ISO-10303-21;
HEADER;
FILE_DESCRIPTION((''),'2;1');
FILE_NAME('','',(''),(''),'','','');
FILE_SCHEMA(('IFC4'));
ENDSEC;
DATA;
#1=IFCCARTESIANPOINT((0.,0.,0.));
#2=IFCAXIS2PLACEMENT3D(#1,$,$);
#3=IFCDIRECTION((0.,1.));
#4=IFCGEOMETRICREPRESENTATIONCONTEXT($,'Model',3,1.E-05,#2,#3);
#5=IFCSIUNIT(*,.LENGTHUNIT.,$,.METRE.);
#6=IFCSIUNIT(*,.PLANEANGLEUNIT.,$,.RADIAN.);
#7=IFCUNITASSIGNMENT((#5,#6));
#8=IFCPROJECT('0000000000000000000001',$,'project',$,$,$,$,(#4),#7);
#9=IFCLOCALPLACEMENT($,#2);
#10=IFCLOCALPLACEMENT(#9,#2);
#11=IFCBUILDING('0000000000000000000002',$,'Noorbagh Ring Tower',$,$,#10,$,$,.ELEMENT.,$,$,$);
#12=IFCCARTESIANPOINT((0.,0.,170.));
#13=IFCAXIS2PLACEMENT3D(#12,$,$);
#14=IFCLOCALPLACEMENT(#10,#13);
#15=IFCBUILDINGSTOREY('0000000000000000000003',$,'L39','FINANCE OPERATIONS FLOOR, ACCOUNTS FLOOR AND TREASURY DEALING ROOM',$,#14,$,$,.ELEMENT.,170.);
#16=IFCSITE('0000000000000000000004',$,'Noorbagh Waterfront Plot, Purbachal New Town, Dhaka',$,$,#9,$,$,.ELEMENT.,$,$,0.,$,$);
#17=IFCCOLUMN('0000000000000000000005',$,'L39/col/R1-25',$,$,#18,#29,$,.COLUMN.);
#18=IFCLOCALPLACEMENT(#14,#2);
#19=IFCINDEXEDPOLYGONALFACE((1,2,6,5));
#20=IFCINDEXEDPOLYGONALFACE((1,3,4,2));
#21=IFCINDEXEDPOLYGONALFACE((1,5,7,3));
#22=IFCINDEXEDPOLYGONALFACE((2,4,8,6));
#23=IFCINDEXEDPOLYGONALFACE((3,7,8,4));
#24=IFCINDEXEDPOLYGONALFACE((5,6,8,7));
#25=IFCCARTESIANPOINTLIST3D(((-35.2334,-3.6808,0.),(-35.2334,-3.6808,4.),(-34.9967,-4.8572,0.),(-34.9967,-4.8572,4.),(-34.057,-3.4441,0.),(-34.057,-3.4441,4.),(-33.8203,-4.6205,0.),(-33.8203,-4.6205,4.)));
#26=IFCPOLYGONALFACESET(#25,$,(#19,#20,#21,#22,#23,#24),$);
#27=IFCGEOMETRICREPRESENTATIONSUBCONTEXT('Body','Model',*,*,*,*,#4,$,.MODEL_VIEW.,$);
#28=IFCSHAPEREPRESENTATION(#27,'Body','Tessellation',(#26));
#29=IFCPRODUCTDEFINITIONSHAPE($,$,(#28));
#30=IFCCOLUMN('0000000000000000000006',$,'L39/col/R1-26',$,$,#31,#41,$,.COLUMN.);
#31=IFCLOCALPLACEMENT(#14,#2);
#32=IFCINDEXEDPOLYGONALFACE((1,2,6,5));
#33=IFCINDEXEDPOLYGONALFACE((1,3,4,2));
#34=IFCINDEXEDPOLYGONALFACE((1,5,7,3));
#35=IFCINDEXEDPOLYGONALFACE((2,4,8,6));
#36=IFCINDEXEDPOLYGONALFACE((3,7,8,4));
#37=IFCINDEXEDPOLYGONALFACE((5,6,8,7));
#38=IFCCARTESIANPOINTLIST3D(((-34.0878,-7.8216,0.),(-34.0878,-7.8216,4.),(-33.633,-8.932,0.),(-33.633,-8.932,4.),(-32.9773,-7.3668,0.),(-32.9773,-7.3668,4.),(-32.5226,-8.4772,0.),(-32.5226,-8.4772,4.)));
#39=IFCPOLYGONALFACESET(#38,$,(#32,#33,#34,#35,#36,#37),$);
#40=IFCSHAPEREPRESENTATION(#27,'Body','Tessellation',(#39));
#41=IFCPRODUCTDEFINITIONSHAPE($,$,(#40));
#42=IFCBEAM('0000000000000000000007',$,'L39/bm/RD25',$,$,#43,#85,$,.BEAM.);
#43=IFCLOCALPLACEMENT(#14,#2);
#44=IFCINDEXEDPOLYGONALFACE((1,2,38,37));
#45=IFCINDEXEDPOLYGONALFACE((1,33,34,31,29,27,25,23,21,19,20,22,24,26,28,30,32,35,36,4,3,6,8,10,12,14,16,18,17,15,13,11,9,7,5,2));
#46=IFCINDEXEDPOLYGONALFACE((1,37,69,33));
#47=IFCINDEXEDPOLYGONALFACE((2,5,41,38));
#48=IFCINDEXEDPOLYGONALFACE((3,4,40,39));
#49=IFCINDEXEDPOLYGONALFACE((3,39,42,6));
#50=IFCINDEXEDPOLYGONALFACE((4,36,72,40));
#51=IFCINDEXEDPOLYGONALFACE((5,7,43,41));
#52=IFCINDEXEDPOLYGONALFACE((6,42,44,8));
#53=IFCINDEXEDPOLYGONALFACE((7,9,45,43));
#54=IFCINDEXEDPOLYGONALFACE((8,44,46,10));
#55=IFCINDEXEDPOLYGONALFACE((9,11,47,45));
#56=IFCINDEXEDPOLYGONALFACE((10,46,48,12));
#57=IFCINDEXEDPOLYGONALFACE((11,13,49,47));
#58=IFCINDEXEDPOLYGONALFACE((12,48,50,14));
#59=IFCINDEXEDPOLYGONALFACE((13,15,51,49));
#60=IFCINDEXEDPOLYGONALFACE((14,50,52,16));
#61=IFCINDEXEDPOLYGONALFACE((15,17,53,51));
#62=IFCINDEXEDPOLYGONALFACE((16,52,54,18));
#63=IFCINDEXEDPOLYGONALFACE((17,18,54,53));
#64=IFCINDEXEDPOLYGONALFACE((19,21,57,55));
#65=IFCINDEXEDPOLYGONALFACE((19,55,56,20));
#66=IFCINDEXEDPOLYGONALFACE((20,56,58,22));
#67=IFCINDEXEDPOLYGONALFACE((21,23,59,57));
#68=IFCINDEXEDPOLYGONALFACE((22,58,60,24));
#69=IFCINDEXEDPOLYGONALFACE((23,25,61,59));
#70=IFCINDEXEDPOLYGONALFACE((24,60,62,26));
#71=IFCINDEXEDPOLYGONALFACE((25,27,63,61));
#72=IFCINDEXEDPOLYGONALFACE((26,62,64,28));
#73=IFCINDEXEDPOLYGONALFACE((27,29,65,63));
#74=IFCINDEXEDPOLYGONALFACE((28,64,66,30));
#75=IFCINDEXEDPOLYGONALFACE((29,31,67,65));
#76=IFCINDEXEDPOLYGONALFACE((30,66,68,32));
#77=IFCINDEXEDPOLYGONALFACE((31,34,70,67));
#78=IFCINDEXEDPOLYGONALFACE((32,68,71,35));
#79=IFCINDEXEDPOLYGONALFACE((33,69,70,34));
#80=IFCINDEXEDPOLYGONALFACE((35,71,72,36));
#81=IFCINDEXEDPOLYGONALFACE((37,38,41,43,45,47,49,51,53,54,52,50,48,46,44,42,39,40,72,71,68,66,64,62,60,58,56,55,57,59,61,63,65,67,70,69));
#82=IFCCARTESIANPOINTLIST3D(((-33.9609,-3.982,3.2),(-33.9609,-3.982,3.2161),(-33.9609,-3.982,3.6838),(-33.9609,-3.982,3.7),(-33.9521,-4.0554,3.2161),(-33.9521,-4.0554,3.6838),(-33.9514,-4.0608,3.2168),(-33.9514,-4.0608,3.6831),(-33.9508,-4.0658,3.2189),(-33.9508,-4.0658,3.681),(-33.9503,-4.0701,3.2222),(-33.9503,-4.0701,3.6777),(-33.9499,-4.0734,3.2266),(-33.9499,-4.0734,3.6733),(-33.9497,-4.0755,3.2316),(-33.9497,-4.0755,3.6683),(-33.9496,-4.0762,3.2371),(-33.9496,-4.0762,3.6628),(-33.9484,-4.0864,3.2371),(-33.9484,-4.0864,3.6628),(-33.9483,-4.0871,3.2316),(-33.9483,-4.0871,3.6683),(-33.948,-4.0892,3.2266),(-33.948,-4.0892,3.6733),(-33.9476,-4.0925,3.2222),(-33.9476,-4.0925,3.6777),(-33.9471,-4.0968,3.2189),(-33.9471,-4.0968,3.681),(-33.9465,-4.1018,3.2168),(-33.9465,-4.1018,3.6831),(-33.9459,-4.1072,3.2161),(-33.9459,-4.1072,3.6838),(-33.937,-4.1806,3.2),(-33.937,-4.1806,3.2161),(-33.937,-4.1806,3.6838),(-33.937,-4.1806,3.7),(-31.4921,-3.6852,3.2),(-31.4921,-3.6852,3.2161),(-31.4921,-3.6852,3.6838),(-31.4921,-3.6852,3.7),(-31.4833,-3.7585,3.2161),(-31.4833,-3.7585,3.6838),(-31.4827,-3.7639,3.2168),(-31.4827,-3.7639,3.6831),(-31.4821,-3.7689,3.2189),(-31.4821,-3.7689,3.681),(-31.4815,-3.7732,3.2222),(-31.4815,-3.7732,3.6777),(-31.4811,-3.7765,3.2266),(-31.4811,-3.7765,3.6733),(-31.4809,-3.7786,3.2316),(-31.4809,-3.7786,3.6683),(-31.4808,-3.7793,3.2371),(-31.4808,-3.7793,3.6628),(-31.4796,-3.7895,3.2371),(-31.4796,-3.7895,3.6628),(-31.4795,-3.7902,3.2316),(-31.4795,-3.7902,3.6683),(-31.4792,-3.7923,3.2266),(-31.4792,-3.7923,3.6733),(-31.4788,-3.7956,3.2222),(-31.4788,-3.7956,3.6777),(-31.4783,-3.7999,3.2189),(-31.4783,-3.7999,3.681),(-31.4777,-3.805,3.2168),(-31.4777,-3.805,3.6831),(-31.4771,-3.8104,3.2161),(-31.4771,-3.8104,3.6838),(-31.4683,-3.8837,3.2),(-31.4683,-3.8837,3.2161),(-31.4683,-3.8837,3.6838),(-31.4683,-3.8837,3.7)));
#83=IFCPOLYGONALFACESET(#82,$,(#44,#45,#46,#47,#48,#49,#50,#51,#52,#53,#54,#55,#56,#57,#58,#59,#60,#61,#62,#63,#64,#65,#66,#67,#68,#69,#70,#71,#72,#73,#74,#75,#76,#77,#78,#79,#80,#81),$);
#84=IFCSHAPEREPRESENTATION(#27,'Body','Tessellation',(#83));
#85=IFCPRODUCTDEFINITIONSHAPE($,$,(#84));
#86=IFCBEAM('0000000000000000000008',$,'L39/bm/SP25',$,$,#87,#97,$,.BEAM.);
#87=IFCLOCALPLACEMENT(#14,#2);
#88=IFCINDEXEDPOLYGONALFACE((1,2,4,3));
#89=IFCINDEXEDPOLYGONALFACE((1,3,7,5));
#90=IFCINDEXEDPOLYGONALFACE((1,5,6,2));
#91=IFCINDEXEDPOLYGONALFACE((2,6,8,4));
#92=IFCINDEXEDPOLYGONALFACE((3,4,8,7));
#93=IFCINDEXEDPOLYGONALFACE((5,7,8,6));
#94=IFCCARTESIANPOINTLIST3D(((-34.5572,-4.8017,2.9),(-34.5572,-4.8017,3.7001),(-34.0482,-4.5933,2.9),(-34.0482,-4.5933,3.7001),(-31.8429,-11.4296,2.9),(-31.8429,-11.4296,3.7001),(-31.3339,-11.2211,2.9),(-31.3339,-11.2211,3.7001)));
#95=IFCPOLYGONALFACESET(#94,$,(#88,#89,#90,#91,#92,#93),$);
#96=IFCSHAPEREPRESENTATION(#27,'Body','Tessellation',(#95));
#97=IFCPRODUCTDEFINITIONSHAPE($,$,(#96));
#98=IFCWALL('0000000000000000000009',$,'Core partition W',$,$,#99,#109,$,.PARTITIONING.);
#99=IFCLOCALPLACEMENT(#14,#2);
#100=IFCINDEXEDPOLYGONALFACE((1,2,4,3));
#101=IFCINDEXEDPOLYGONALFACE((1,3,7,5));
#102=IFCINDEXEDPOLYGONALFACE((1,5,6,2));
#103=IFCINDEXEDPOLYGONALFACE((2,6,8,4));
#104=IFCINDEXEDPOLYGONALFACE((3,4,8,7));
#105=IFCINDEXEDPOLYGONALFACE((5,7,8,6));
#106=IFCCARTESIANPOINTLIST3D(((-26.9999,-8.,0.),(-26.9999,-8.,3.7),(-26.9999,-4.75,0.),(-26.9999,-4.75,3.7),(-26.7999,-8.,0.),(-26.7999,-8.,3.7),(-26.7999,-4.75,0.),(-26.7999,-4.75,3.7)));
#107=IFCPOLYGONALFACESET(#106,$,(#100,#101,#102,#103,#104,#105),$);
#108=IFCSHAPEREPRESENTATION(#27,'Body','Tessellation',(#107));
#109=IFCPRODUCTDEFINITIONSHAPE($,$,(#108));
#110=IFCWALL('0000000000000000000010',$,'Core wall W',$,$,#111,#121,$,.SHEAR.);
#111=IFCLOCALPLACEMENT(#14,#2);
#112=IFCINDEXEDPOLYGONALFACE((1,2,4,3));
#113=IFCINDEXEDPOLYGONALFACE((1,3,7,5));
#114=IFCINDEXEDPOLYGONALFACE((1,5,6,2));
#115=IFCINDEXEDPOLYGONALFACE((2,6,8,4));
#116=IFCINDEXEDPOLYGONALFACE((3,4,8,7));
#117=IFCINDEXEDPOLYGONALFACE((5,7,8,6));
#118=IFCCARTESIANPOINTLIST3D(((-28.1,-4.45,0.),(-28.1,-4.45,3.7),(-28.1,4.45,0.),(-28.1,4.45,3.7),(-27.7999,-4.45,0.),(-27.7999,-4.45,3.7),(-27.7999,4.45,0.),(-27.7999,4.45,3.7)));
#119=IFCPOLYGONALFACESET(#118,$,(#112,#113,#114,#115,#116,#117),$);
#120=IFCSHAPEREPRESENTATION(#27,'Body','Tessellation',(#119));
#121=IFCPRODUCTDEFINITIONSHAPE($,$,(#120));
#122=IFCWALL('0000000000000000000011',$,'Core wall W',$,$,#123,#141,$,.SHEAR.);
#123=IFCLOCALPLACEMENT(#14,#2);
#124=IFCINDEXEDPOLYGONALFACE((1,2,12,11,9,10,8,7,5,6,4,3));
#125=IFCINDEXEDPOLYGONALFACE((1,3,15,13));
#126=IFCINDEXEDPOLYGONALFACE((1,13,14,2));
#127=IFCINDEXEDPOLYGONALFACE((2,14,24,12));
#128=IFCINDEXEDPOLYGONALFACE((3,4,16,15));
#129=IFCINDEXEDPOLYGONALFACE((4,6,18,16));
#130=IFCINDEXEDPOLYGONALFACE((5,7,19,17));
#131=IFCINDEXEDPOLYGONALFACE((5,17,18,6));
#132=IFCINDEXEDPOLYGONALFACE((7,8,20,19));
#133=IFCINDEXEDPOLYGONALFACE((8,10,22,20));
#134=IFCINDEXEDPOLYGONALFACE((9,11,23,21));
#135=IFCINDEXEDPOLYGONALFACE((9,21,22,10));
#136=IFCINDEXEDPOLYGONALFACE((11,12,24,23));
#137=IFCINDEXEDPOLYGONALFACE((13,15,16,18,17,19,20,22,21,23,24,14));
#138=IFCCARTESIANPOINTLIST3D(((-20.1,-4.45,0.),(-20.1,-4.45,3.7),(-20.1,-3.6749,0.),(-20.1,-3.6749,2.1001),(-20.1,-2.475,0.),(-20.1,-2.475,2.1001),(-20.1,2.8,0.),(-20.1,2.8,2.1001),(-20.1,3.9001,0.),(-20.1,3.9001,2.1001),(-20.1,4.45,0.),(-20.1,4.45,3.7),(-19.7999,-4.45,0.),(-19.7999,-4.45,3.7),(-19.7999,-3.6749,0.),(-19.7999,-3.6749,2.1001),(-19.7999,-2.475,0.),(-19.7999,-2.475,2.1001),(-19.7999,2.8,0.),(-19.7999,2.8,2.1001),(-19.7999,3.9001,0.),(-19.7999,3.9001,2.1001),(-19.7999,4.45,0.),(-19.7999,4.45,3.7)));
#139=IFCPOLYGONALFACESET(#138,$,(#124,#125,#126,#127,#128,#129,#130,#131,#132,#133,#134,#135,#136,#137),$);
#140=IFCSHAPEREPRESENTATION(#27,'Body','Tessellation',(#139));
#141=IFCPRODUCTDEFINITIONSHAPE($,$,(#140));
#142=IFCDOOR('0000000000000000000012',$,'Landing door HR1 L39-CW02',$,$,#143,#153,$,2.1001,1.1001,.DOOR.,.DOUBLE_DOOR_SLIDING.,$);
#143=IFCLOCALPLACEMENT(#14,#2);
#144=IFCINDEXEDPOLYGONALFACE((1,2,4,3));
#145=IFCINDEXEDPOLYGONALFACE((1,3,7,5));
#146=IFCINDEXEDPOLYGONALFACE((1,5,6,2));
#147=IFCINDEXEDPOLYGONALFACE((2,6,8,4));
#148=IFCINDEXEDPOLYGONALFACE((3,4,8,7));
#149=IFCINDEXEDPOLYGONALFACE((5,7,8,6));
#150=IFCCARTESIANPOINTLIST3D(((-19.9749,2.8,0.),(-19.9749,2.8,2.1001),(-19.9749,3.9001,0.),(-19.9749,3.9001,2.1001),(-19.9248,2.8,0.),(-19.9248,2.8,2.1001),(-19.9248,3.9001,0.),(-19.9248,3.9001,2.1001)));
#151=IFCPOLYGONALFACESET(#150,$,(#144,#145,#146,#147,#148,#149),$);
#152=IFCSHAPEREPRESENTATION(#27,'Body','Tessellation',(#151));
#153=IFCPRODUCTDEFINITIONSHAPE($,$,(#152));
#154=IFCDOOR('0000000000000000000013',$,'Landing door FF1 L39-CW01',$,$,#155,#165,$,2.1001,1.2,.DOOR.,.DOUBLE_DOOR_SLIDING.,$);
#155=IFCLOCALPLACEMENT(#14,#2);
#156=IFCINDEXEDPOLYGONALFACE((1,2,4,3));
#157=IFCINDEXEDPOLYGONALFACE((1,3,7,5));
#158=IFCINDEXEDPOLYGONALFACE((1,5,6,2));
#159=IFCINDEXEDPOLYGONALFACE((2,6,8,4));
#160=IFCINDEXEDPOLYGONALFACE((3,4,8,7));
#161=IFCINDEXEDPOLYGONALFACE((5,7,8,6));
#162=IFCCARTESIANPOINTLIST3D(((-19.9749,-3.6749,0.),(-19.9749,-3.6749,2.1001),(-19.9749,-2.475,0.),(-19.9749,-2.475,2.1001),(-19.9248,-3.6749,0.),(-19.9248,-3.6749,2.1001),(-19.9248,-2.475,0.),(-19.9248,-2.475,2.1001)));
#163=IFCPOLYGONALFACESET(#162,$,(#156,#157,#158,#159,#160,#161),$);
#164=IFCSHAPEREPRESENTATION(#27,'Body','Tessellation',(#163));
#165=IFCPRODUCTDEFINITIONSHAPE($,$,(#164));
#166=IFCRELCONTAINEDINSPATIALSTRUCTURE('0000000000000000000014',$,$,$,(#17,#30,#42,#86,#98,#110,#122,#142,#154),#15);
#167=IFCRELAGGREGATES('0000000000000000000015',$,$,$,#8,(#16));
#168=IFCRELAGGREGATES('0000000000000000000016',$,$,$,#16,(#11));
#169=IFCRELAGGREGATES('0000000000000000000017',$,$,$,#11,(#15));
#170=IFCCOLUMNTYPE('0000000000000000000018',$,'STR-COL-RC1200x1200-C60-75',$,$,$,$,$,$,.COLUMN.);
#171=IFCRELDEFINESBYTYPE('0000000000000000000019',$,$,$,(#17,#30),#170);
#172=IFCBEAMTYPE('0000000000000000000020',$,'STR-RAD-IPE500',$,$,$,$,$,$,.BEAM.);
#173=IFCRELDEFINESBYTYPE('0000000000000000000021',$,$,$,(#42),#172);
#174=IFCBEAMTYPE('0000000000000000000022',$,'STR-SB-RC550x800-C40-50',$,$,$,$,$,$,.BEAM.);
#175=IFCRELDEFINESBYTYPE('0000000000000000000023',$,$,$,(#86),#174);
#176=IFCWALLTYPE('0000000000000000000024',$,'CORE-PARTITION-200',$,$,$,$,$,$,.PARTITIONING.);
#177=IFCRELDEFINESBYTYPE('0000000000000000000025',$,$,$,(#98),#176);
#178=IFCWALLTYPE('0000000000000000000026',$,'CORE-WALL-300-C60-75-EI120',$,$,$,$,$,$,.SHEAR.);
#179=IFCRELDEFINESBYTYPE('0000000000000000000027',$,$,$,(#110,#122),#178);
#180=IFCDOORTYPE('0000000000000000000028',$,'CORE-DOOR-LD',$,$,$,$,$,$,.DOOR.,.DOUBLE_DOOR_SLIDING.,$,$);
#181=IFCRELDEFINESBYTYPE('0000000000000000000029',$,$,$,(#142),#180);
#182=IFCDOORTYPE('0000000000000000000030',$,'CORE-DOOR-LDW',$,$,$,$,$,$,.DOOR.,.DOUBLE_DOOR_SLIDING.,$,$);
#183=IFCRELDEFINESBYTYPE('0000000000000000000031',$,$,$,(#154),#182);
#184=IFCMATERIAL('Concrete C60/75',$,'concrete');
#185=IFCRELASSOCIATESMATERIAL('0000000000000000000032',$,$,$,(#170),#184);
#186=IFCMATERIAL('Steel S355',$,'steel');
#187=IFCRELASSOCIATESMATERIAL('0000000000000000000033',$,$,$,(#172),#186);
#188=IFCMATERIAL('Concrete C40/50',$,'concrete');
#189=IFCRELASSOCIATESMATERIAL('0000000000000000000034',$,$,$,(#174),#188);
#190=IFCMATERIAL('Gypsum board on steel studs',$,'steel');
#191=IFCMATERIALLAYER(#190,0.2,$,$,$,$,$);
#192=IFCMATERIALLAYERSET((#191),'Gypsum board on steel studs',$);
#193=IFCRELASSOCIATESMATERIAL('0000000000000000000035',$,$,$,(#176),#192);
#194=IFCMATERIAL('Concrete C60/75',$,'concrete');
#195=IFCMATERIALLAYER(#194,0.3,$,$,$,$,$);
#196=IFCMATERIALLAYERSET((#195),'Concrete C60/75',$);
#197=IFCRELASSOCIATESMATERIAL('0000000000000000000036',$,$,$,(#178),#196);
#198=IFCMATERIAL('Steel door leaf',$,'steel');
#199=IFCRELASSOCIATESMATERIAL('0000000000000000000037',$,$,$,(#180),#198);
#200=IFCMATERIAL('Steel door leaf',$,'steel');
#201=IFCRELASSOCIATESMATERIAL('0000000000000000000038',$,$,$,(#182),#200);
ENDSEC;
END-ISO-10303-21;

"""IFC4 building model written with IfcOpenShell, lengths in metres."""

from ifc_helpers import new_model, si_unit, direction, frame, frame_2d, origin, origin_2d, place, context, subcontext, project, spatial, rectangle, i_section, extrude, material, layer, layer_set, material_profile, profile_set, type_object, element, fill, save


model = new_model("IFC4")

# Units and contexts
model_context = context("Model", 3, precision=1e-05, world=origin(), true_north=direction((0.0, 1.0)))
body_context = subcontext(model_context, "Body", "Model", "MODEL_VIEW")
ifc_project = project(units=[si_unit("LENGTHUNIT", "METRE"), si_unit("PLANEANGLEUNIT", "RADIAN")], contexts=[model_context])

# Site, building, storey
site_placement = place(None, origin())
site = spatial("IfcSite", under=ifc_project, at=site_placement, Name="Noorbagh Waterfront Plot, Purbachal New Town, Dhaka", CompositionType="ELEMENT", RefElevation=0.0)
building_placement = place(site_placement, origin())
building = spatial("IfcBuilding", under=site, at=building_placement, Name="Noorbagh Ring Tower", CompositionType="ELEMENT")
storey_placement = place(building_placement, frame((0.0, 0.0, 170.0)))
storey = spatial("IfcBuildingStorey", under=building, at=storey_placement, Name="L39", Description="FINANCE OPERATIONS FLOOR, ACCOUNTS FLOOR AND TREASURY DEALING ROOM", CompositionType="ELEMENT", Elevation=170.0)

# Columns
ifc_material_1 = material(Name="Concrete C60/75", Category="concrete")
ifc_material_profile_1 = material_profile(ifc_material_1, rectangle(XDim=1.2, YDim=1.2, at=origin_2d()), Name="RC1200x1200")
ifc_profile_set_1 = profile_set([ifc_material_profile_1], Name="Concrete C60/75")
column_type = type_object("IfcColumnType", Name="STR-COL-RC1200x1200-C60-75", PredefinedType="COLUMN", material=ifc_profile_set_1)
for number, where, z_axis, x_axis, name in (
    (1, (-34.5269, -4.1506, 0.0), (0.0, 0.0, 1.0), (0.19723, -0.980357, 0.0), "L39/col/R1-25"),
    (2, (-33.3052, -8.1494, 0.0), (0.0, 0.0, 1.0), (0.378989, -0.925401, 0.0), "L39/col/R1-26"),
):
    element("IfcColumn", number, at=place(storey_placement, frame(where, z_axis=z_axis, x_axis=x_axis)), inside=storey, type_object=column_type, Name=name, PredefinedType="COLUMN", context=body_context, shape_type="SweptSolid", body=[
        extrude(rectangle(XDim=1.2, YDim=1.2, at=origin_2d()), origin(), (0.0, 0.0, 1.0), 4.0),
    ])

# Beams
ifc_material_2 = material(Name="Steel S355", Category="steel")
ifc_material_profile_2 = material_profile(ifc_material_2, i_section(OverallWidth=0.2, OverallDepth=0.5, WebThickness=0.0103, FlangeThickness=0.0161, FilletRadius=0.021, at=origin_2d()), Name="IPE500")
ifc_profile_set_2 = profile_set([ifc_material_profile_2], Name="Steel S355")
beam_type_1 = type_object("IfcBeamType", Name="STR-RAD-IPE500", PredefinedType="BEAM", material=ifc_profile_set_2)
beam_1_placement = place(storey_placement, frame((-33.949, -4.0813, 3.45), z_axis=(0.992847, 0.119393, 0.0), x_axis=(-0.119393, 0.992847, 0.0)))
element("IfcBeam", 3, at=beam_1_placement, inside=storey, type_object=beam_type_1, Name="L39/bm/RD25", PredefinedType="BEAM", context=body_context, shape_type="SweptSolid", body=[
    extrude(i_section(OverallWidth=0.2, OverallDepth=0.5, WebThickness=0.0103, FlangeThickness=0.0161, FilletRadius=0.021, at=origin_2d()), origin(), (0.0, 0.0, 1.0), 2.4866),
])
ifc_material_3 = material(Name="Concrete C40/50", Category="concrete")
ifc_material_profile_3 = material_profile(ifc_material_3, rectangle(XDim=0.55, YDim=0.8, at=origin_2d()), Name="RC550x800")
ifc_profile_set_3 = profile_set([ifc_material_profile_3], Name="Concrete C40/50")
beam_type_2 = type_object("IfcBeamType", Name="STR-SB-RC550x800-C40-50", PredefinedType="BEAM", material=ifc_profile_set_3)
beam_2_placement = place(storey_placement, frame((-34.3027, -4.6975, 3.3), z_axis=(0.378983, -0.925404, 0.0), x_axis=(0.925404, 0.378983, 0.0)))
element("IfcBeam", 4, at=beam_2_placement, inside=storey, type_object=beam_type_2, Name="L39/bm/SP25", PredefinedType="BEAM", context=body_context, shape_type="SweptSolid", body=[
    extrude(rectangle(XDim=0.55, YDim=0.8, at=origin_2d()), origin(), (0.0, 0.0, 1.0), 7.1621),
])

# Walls
ifc_material_4 = material(Name="Gypsum board on steel studs", Category="steel")
ifc_layer_1 = layer(ifc_material_4, 0.2)
ifc_layer_set_1 = layer_set([ifc_layer_1], Name="Gypsum board on steel studs")
wall_type_1 = type_object("IfcWallType", Name="CORE-PARTITION-200", PredefinedType="PARTITIONING", material=ifc_layer_set_1)
wall_1_placement = place(storey_placement, frame((-26.8999, -8.0, 0.0), z_axis=(0.0, 0.0, 1.0), x_axis=(0.0, 1.0, 0.0)))
element("IfcWall", 5, at=wall_1_placement, inside=storey, type_object=wall_type_1, Name="Core partition W", PredefinedType="PARTITIONING", context=body_context, shape_type="SweptSolid", body=[
    extrude(rectangle(XDim=3.25, YDim=0.2, at=frame_2d((1.625, 0.0))), origin(), (0.0, 0.0, 1.0), 3.7),
])
ifc_material_5 = material(Name="Concrete C60/75", Category="concrete")
ifc_layer_2 = layer(ifc_material_5, 0.3)
ifc_layer_set_2 = layer_set([ifc_layer_2], Name="Concrete C60/75")
wall_type_2 = type_object("IfcWallType", Name="CORE-WALL-300-C60-75-EI120", PredefinedType="SHEAR", material=ifc_layer_set_2)
wall_2_placement = place(storey_placement, frame((-27.95, -4.45, 0.0), z_axis=(0.0, 0.0, 1.0), x_axis=(0.0, 1.0, 0.0)))
element("IfcWall", 6, at=wall_2_placement, inside=storey, type_object=wall_type_2, Name="Core wall W", PredefinedType="SHEAR", context=body_context, shape_type="SweptSolid", body=[
    extrude(rectangle(XDim=8.8999, YDim=0.3, at=frame_2d((4.45, 0.0))), origin(), (0.0, 0.0, 1.0), 3.7),
])

# Wall, openings, doors
wall_3_placement = place(storey_placement, frame((-19.95, -4.45, 0.0), z_axis=(0.0, 0.0, 1.0), x_axis=(0.0, 1.0, 0.0)))
wall_3 = element("IfcWall", 7, at=wall_3_placement, inside=storey, type_object=wall_type_2, Name="Core wall W", PredefinedType="SHEAR", context=body_context, shape_type="SweptSolid", body=[
    extrude(rectangle(XDim=8.8999, YDim=0.3, at=frame_2d((4.45, 0.0))), origin(), (0.0, 0.0, 1.0), 3.7),
])
opening_1_placement = place(wall_3_placement, frame((0.7749, 0.0, 0.0)))
opening_1 = element("IfcOpeningElement", 8, at=opening_1_placement, cuts=wall_3, PredefinedType="OPENING", context=body_context, shape_type="SweptSolid", body=[
    extrude(rectangle(XDim=1.2, YDim=2.1001, at=frame_2d((0.6001, 1.05))), frame((0.0, 0.1602, 0.0), z_axis=(0.0, -1.0, 0.0), x_axis=(1.0, 0.0, 0.0)), (0.0, 0.0, 1.0), 0.3201),
])
opening_2_placement = place(wall_3_placement, frame((7.25, 0.0, 0.0)))
opening_2 = element("IfcOpeningElement", 9, at=opening_2_placement, cuts=wall_3, PredefinedType="OPENING", context=body_context, shape_type="SweptSolid", body=[
    extrude(rectangle(XDim=1.1001, YDim=2.1001, at=frame_2d((0.55, 1.05))), frame((0.0, 0.1602, 0.0), z_axis=(0.0, -1.0, 0.0), x_axis=(1.0, 0.0, 0.0)), (0.0, 0.0, 1.0), 0.3201),
])
ifc_material_6 = material(Name="Steel door leaf", Category="steel")
door_type_1 = type_object("IfcDoorType", Name="CORE-DOOR-LD", OperationType="DOUBLE_DOOR_SLIDING", PredefinedType="DOOR", material=ifc_material_6)
door_1_placement = place(opening_2_placement, origin())
door_1 = element("IfcDoor", 10, at=door_1_placement, inside=storey, type_object=door_type_1, Name="Landing door HR1 L39-CW02", OperationType="DOUBLE_DOOR_SLIDING", OverallHeight=2.1001, OverallWidth=1.1001, PredefinedType="DOOR", context=body_context, shape_type="SweptSolid", body=[
    extrude(rectangle(XDim=1.1001, YDim=2.1001, at=frame_2d((0.55, 1.05))), frame((0.0, 0.0249, 0.0), z_axis=(0.0, -1.0, 0.0), x_axis=(1.0, 0.0, 0.0)), (0.0, 0.0, 1.0), 0.05),
])
fill(opening_2, door_1)
ifc_material_7 = material(Name="Steel door leaf", Category="steel")
door_type_2 = type_object("IfcDoorType", Name="CORE-DOOR-LDW", OperationType="DOUBLE_DOOR_SLIDING", PredefinedType="DOOR", material=ifc_material_7)
door_2_placement = place(opening_1_placement, origin())
door_2 = element("IfcDoor", 11, at=door_2_placement, inside=storey, type_object=door_type_2, Name="Landing door FF1 L39-CW01", OperationType="DOUBLE_DOOR_SLIDING", OverallHeight=2.1001, OverallWidth=1.2, PredefinedType="DOOR", context=body_context, shape_type="SweptSolid", body=[
    extrude(rectangle(XDim=1.2, YDim=2.1001, at=frame_2d((0.6001, 1.05))), frame((0.0, 0.0249, 0.0), z_axis=(0.0, -1.0, 0.0), x_axis=(1.0, 0.0, 0.0)), (0.0, 0.0, 1.0), 0.05),
])
fill(opening_1, door_2)

save(model, "model.ifc")
